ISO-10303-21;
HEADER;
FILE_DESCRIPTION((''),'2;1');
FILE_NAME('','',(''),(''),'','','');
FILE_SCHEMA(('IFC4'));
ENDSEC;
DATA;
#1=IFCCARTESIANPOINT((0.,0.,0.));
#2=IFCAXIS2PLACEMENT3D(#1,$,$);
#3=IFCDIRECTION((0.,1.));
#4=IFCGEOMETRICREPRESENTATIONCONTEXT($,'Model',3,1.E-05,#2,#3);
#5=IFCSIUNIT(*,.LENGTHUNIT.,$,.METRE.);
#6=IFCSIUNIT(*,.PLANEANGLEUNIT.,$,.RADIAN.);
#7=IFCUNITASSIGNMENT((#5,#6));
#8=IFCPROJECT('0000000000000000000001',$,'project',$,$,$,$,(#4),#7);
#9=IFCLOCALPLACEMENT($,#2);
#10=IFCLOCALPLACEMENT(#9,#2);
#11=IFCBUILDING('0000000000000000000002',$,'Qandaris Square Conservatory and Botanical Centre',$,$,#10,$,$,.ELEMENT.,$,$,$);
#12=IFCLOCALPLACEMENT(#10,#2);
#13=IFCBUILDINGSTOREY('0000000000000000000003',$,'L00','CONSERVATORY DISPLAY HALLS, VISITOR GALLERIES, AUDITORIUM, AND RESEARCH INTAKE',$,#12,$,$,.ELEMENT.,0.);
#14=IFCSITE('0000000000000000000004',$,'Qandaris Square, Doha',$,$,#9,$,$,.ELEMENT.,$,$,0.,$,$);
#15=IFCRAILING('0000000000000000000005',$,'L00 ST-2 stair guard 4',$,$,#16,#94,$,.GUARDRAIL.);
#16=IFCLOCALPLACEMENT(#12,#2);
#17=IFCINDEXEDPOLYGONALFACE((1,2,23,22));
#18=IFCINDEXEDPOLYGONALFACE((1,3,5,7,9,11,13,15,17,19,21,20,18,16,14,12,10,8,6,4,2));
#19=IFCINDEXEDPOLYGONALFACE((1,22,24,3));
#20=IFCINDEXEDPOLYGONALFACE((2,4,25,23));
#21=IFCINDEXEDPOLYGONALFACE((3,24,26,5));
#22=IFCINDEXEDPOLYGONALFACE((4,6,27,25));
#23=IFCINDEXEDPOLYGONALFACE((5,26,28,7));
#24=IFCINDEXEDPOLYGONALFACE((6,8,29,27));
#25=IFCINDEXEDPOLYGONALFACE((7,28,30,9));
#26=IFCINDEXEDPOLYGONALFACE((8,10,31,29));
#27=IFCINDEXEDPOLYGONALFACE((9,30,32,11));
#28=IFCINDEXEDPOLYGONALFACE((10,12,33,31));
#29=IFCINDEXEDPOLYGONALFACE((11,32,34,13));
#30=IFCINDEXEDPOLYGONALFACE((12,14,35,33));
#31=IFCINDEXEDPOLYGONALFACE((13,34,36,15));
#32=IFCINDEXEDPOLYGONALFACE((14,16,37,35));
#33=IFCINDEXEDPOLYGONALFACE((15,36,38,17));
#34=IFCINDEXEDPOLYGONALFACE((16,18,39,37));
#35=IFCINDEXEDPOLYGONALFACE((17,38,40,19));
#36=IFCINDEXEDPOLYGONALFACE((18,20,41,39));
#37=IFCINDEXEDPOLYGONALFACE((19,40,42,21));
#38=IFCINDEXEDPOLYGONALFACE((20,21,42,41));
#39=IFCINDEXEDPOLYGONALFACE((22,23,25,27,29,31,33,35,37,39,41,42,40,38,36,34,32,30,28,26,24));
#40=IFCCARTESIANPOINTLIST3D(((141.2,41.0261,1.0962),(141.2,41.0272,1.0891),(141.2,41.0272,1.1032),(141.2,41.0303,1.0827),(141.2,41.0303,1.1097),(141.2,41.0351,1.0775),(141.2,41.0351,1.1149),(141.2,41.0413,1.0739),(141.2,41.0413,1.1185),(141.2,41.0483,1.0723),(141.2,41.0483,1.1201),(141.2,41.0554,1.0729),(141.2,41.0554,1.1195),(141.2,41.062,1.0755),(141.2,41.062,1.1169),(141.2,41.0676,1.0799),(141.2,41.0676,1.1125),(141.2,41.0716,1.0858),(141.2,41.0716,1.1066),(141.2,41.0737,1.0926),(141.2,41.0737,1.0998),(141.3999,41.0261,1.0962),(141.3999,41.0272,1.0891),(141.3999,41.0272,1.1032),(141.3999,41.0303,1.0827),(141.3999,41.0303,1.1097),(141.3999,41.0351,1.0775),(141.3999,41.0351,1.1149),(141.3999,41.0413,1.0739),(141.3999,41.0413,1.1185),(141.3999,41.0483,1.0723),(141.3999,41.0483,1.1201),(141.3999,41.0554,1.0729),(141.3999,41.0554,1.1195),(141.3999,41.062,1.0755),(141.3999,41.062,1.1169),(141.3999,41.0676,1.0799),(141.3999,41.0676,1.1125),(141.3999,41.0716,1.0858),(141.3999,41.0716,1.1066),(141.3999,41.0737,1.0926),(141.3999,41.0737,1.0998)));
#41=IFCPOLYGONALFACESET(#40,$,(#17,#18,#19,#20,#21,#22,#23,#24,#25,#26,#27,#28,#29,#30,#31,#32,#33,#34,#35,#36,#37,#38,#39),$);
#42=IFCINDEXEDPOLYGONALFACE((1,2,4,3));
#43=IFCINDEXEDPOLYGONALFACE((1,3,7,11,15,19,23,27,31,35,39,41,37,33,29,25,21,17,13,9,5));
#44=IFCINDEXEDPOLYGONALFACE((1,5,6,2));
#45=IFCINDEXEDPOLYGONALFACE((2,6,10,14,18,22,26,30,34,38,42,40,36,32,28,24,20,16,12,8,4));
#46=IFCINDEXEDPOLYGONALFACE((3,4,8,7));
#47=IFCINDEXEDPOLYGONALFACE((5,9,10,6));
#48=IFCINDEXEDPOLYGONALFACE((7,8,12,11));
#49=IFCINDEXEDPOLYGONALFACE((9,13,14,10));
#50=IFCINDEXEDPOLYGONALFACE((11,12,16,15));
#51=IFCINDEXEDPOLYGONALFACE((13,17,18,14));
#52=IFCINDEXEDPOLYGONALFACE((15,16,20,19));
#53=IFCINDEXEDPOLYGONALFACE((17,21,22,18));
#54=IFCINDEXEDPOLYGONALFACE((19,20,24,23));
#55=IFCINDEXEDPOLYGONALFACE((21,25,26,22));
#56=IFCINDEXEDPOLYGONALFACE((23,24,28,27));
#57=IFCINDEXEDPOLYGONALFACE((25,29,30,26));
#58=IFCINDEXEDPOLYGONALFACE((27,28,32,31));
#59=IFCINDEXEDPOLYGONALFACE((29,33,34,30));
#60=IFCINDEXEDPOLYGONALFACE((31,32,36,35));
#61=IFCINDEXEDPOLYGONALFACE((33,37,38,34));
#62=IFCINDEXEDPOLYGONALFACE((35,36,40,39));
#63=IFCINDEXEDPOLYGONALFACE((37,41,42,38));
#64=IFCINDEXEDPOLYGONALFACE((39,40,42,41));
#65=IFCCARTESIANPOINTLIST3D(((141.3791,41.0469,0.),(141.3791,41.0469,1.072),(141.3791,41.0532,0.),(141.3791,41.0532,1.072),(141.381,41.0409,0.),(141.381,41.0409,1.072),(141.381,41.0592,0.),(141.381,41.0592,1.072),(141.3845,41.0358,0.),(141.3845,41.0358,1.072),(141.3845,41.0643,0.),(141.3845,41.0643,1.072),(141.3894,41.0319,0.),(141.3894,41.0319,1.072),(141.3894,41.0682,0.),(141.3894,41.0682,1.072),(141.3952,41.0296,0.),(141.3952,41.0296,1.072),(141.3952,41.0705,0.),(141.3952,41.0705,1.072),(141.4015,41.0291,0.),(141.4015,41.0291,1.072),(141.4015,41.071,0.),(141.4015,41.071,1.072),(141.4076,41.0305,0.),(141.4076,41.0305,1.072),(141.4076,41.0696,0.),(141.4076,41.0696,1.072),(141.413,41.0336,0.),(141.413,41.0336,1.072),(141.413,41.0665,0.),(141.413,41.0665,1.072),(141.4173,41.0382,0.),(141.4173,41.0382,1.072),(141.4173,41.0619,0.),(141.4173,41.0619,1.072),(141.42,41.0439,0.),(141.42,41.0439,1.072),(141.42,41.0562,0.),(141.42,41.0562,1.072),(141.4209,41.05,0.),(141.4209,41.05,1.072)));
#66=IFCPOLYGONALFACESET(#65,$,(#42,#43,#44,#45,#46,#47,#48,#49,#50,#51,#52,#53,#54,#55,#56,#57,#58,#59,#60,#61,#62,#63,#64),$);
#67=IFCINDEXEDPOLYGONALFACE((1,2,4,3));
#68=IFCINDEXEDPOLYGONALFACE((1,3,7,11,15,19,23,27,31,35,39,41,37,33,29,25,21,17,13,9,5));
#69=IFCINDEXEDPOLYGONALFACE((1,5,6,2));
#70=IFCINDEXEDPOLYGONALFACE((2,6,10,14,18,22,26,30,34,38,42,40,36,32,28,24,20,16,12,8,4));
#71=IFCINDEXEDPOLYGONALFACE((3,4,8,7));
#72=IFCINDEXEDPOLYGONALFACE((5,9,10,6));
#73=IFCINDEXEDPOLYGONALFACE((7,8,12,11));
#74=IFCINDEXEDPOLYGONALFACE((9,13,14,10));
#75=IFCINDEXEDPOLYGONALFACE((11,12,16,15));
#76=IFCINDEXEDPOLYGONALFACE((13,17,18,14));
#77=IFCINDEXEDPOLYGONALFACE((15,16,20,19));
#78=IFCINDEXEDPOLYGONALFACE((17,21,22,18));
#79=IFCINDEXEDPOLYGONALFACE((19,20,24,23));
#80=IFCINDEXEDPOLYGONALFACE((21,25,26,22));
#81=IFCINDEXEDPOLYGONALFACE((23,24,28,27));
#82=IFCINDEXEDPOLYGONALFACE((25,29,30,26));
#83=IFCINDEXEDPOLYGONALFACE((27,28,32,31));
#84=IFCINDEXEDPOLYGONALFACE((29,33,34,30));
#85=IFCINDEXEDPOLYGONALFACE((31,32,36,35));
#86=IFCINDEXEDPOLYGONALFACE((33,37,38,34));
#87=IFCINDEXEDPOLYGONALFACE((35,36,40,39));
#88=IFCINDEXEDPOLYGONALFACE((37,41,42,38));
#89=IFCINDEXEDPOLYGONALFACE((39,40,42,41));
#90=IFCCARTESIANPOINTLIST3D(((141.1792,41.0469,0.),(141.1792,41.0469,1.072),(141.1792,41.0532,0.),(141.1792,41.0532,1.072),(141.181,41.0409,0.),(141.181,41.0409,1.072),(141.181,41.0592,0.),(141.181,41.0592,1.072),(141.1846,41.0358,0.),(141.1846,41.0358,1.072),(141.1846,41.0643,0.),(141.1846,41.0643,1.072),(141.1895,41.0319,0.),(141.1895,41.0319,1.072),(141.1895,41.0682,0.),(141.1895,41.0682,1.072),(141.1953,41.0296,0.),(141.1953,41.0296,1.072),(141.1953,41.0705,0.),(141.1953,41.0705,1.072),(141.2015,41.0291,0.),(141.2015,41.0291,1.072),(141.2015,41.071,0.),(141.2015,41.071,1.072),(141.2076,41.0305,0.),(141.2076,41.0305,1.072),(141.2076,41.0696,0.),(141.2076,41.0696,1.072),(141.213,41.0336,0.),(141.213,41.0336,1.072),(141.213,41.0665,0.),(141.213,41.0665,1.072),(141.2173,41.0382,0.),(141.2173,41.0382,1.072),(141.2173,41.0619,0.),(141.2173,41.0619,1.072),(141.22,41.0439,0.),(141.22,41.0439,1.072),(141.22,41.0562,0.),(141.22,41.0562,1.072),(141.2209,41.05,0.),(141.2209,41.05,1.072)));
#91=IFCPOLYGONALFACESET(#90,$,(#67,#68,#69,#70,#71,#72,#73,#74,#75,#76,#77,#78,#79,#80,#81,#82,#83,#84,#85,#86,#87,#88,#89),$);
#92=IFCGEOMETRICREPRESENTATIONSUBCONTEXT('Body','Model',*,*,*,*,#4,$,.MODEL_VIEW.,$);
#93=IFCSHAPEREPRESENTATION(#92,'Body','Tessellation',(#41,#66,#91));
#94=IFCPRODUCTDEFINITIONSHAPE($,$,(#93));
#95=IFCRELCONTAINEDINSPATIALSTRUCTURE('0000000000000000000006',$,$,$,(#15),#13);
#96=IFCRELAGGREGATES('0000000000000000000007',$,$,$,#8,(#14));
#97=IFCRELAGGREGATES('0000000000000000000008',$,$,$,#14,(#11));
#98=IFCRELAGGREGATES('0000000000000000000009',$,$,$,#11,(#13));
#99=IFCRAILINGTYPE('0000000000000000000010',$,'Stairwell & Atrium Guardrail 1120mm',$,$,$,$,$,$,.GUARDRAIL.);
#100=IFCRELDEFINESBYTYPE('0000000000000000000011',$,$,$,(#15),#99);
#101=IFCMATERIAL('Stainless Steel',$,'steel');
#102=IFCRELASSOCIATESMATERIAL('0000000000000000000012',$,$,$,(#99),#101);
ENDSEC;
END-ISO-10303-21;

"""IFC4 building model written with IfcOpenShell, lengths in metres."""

from ifc_helpers import new_model, si_unit, direction, frame, origin, origin_2d, place, context, subcontext, project, spatial, circle, extrude, material, type_object, element, save


model = new_model("IFC4")

# Units and contexts
model_context = context("Model", 3, precision=1e-05, world=origin(), true_north=direction((0.0, 1.0)))
body_context = subcontext(model_context, "Body", "Model", "MODEL_VIEW")
ifc_project = project(units=[si_unit("LENGTHUNIT", "METRE"), si_unit("PLANEANGLEUNIT", "RADIAN")], contexts=[model_context])

# Site, building, storey
site_placement = place(None, origin())
site = spatial("IfcSite", under=ifc_project, at=site_placement, Name="Qandaris Square, Doha", CompositionType="ELEMENT", RefElevation=0.0)
building_placement = place(site_placement, origin())
building = spatial("IfcBuilding", under=site, at=building_placement, Name="Qandaris Square Conservatory and Botanical Centre", CompositionType="ELEMENT")
storey_placement = place(building_placement, origin())
storey = spatial("IfcBuildingStorey", under=building, at=storey_placement, Name="L00", Description="CONSERVATORY DISPLAY HALLS, VISITOR GALLERIES, AUDITORIUM, AND RESEARCH INTAKE", CompositionType="ELEMENT", Elevation=0.0)

# Railing
ifc_material_1 = material(Name="Stainless Steel", Category="steel")
railing_type_1 = type_object("IfcRailingType", Name="Stairwell & Atrium Guardrail 1120mm", PredefinedType="GUARDRAIL", material=ifc_material_1)
railing_1_placement = place(storey_placement, frame((141.3999, 41.05, 0.0)))
element("IfcRailing", 1, at=railing_1_placement, inside=storey, type_object=railing_type_1, Name="L00 ST-2 stair guard 4", PredefinedType="GUARDRAIL", context=body_context, shape_type="SweptSolid", body=[
    extrude(circle(Radius=0.0239, at=origin_2d()), frame((0.0, 0.0, 1.0962), z_axis=(-1.0, 0.0, 0.0), x_axis=(0.0, -1.0, 0.0)), (0.0, 0.0, 1.0), 0.2),
    extrude(circle(Radius=0.021, at=origin_2d()), origin(), (0.0, 0.0, 1.0), 1.072),
    extrude(circle(Radius=0.021, at=origin_2d()), frame((-0.2, 0.0, 0.0)), (0.0, 0.0, 1.0), 1.072),
])

save(model, "model.ifc")
